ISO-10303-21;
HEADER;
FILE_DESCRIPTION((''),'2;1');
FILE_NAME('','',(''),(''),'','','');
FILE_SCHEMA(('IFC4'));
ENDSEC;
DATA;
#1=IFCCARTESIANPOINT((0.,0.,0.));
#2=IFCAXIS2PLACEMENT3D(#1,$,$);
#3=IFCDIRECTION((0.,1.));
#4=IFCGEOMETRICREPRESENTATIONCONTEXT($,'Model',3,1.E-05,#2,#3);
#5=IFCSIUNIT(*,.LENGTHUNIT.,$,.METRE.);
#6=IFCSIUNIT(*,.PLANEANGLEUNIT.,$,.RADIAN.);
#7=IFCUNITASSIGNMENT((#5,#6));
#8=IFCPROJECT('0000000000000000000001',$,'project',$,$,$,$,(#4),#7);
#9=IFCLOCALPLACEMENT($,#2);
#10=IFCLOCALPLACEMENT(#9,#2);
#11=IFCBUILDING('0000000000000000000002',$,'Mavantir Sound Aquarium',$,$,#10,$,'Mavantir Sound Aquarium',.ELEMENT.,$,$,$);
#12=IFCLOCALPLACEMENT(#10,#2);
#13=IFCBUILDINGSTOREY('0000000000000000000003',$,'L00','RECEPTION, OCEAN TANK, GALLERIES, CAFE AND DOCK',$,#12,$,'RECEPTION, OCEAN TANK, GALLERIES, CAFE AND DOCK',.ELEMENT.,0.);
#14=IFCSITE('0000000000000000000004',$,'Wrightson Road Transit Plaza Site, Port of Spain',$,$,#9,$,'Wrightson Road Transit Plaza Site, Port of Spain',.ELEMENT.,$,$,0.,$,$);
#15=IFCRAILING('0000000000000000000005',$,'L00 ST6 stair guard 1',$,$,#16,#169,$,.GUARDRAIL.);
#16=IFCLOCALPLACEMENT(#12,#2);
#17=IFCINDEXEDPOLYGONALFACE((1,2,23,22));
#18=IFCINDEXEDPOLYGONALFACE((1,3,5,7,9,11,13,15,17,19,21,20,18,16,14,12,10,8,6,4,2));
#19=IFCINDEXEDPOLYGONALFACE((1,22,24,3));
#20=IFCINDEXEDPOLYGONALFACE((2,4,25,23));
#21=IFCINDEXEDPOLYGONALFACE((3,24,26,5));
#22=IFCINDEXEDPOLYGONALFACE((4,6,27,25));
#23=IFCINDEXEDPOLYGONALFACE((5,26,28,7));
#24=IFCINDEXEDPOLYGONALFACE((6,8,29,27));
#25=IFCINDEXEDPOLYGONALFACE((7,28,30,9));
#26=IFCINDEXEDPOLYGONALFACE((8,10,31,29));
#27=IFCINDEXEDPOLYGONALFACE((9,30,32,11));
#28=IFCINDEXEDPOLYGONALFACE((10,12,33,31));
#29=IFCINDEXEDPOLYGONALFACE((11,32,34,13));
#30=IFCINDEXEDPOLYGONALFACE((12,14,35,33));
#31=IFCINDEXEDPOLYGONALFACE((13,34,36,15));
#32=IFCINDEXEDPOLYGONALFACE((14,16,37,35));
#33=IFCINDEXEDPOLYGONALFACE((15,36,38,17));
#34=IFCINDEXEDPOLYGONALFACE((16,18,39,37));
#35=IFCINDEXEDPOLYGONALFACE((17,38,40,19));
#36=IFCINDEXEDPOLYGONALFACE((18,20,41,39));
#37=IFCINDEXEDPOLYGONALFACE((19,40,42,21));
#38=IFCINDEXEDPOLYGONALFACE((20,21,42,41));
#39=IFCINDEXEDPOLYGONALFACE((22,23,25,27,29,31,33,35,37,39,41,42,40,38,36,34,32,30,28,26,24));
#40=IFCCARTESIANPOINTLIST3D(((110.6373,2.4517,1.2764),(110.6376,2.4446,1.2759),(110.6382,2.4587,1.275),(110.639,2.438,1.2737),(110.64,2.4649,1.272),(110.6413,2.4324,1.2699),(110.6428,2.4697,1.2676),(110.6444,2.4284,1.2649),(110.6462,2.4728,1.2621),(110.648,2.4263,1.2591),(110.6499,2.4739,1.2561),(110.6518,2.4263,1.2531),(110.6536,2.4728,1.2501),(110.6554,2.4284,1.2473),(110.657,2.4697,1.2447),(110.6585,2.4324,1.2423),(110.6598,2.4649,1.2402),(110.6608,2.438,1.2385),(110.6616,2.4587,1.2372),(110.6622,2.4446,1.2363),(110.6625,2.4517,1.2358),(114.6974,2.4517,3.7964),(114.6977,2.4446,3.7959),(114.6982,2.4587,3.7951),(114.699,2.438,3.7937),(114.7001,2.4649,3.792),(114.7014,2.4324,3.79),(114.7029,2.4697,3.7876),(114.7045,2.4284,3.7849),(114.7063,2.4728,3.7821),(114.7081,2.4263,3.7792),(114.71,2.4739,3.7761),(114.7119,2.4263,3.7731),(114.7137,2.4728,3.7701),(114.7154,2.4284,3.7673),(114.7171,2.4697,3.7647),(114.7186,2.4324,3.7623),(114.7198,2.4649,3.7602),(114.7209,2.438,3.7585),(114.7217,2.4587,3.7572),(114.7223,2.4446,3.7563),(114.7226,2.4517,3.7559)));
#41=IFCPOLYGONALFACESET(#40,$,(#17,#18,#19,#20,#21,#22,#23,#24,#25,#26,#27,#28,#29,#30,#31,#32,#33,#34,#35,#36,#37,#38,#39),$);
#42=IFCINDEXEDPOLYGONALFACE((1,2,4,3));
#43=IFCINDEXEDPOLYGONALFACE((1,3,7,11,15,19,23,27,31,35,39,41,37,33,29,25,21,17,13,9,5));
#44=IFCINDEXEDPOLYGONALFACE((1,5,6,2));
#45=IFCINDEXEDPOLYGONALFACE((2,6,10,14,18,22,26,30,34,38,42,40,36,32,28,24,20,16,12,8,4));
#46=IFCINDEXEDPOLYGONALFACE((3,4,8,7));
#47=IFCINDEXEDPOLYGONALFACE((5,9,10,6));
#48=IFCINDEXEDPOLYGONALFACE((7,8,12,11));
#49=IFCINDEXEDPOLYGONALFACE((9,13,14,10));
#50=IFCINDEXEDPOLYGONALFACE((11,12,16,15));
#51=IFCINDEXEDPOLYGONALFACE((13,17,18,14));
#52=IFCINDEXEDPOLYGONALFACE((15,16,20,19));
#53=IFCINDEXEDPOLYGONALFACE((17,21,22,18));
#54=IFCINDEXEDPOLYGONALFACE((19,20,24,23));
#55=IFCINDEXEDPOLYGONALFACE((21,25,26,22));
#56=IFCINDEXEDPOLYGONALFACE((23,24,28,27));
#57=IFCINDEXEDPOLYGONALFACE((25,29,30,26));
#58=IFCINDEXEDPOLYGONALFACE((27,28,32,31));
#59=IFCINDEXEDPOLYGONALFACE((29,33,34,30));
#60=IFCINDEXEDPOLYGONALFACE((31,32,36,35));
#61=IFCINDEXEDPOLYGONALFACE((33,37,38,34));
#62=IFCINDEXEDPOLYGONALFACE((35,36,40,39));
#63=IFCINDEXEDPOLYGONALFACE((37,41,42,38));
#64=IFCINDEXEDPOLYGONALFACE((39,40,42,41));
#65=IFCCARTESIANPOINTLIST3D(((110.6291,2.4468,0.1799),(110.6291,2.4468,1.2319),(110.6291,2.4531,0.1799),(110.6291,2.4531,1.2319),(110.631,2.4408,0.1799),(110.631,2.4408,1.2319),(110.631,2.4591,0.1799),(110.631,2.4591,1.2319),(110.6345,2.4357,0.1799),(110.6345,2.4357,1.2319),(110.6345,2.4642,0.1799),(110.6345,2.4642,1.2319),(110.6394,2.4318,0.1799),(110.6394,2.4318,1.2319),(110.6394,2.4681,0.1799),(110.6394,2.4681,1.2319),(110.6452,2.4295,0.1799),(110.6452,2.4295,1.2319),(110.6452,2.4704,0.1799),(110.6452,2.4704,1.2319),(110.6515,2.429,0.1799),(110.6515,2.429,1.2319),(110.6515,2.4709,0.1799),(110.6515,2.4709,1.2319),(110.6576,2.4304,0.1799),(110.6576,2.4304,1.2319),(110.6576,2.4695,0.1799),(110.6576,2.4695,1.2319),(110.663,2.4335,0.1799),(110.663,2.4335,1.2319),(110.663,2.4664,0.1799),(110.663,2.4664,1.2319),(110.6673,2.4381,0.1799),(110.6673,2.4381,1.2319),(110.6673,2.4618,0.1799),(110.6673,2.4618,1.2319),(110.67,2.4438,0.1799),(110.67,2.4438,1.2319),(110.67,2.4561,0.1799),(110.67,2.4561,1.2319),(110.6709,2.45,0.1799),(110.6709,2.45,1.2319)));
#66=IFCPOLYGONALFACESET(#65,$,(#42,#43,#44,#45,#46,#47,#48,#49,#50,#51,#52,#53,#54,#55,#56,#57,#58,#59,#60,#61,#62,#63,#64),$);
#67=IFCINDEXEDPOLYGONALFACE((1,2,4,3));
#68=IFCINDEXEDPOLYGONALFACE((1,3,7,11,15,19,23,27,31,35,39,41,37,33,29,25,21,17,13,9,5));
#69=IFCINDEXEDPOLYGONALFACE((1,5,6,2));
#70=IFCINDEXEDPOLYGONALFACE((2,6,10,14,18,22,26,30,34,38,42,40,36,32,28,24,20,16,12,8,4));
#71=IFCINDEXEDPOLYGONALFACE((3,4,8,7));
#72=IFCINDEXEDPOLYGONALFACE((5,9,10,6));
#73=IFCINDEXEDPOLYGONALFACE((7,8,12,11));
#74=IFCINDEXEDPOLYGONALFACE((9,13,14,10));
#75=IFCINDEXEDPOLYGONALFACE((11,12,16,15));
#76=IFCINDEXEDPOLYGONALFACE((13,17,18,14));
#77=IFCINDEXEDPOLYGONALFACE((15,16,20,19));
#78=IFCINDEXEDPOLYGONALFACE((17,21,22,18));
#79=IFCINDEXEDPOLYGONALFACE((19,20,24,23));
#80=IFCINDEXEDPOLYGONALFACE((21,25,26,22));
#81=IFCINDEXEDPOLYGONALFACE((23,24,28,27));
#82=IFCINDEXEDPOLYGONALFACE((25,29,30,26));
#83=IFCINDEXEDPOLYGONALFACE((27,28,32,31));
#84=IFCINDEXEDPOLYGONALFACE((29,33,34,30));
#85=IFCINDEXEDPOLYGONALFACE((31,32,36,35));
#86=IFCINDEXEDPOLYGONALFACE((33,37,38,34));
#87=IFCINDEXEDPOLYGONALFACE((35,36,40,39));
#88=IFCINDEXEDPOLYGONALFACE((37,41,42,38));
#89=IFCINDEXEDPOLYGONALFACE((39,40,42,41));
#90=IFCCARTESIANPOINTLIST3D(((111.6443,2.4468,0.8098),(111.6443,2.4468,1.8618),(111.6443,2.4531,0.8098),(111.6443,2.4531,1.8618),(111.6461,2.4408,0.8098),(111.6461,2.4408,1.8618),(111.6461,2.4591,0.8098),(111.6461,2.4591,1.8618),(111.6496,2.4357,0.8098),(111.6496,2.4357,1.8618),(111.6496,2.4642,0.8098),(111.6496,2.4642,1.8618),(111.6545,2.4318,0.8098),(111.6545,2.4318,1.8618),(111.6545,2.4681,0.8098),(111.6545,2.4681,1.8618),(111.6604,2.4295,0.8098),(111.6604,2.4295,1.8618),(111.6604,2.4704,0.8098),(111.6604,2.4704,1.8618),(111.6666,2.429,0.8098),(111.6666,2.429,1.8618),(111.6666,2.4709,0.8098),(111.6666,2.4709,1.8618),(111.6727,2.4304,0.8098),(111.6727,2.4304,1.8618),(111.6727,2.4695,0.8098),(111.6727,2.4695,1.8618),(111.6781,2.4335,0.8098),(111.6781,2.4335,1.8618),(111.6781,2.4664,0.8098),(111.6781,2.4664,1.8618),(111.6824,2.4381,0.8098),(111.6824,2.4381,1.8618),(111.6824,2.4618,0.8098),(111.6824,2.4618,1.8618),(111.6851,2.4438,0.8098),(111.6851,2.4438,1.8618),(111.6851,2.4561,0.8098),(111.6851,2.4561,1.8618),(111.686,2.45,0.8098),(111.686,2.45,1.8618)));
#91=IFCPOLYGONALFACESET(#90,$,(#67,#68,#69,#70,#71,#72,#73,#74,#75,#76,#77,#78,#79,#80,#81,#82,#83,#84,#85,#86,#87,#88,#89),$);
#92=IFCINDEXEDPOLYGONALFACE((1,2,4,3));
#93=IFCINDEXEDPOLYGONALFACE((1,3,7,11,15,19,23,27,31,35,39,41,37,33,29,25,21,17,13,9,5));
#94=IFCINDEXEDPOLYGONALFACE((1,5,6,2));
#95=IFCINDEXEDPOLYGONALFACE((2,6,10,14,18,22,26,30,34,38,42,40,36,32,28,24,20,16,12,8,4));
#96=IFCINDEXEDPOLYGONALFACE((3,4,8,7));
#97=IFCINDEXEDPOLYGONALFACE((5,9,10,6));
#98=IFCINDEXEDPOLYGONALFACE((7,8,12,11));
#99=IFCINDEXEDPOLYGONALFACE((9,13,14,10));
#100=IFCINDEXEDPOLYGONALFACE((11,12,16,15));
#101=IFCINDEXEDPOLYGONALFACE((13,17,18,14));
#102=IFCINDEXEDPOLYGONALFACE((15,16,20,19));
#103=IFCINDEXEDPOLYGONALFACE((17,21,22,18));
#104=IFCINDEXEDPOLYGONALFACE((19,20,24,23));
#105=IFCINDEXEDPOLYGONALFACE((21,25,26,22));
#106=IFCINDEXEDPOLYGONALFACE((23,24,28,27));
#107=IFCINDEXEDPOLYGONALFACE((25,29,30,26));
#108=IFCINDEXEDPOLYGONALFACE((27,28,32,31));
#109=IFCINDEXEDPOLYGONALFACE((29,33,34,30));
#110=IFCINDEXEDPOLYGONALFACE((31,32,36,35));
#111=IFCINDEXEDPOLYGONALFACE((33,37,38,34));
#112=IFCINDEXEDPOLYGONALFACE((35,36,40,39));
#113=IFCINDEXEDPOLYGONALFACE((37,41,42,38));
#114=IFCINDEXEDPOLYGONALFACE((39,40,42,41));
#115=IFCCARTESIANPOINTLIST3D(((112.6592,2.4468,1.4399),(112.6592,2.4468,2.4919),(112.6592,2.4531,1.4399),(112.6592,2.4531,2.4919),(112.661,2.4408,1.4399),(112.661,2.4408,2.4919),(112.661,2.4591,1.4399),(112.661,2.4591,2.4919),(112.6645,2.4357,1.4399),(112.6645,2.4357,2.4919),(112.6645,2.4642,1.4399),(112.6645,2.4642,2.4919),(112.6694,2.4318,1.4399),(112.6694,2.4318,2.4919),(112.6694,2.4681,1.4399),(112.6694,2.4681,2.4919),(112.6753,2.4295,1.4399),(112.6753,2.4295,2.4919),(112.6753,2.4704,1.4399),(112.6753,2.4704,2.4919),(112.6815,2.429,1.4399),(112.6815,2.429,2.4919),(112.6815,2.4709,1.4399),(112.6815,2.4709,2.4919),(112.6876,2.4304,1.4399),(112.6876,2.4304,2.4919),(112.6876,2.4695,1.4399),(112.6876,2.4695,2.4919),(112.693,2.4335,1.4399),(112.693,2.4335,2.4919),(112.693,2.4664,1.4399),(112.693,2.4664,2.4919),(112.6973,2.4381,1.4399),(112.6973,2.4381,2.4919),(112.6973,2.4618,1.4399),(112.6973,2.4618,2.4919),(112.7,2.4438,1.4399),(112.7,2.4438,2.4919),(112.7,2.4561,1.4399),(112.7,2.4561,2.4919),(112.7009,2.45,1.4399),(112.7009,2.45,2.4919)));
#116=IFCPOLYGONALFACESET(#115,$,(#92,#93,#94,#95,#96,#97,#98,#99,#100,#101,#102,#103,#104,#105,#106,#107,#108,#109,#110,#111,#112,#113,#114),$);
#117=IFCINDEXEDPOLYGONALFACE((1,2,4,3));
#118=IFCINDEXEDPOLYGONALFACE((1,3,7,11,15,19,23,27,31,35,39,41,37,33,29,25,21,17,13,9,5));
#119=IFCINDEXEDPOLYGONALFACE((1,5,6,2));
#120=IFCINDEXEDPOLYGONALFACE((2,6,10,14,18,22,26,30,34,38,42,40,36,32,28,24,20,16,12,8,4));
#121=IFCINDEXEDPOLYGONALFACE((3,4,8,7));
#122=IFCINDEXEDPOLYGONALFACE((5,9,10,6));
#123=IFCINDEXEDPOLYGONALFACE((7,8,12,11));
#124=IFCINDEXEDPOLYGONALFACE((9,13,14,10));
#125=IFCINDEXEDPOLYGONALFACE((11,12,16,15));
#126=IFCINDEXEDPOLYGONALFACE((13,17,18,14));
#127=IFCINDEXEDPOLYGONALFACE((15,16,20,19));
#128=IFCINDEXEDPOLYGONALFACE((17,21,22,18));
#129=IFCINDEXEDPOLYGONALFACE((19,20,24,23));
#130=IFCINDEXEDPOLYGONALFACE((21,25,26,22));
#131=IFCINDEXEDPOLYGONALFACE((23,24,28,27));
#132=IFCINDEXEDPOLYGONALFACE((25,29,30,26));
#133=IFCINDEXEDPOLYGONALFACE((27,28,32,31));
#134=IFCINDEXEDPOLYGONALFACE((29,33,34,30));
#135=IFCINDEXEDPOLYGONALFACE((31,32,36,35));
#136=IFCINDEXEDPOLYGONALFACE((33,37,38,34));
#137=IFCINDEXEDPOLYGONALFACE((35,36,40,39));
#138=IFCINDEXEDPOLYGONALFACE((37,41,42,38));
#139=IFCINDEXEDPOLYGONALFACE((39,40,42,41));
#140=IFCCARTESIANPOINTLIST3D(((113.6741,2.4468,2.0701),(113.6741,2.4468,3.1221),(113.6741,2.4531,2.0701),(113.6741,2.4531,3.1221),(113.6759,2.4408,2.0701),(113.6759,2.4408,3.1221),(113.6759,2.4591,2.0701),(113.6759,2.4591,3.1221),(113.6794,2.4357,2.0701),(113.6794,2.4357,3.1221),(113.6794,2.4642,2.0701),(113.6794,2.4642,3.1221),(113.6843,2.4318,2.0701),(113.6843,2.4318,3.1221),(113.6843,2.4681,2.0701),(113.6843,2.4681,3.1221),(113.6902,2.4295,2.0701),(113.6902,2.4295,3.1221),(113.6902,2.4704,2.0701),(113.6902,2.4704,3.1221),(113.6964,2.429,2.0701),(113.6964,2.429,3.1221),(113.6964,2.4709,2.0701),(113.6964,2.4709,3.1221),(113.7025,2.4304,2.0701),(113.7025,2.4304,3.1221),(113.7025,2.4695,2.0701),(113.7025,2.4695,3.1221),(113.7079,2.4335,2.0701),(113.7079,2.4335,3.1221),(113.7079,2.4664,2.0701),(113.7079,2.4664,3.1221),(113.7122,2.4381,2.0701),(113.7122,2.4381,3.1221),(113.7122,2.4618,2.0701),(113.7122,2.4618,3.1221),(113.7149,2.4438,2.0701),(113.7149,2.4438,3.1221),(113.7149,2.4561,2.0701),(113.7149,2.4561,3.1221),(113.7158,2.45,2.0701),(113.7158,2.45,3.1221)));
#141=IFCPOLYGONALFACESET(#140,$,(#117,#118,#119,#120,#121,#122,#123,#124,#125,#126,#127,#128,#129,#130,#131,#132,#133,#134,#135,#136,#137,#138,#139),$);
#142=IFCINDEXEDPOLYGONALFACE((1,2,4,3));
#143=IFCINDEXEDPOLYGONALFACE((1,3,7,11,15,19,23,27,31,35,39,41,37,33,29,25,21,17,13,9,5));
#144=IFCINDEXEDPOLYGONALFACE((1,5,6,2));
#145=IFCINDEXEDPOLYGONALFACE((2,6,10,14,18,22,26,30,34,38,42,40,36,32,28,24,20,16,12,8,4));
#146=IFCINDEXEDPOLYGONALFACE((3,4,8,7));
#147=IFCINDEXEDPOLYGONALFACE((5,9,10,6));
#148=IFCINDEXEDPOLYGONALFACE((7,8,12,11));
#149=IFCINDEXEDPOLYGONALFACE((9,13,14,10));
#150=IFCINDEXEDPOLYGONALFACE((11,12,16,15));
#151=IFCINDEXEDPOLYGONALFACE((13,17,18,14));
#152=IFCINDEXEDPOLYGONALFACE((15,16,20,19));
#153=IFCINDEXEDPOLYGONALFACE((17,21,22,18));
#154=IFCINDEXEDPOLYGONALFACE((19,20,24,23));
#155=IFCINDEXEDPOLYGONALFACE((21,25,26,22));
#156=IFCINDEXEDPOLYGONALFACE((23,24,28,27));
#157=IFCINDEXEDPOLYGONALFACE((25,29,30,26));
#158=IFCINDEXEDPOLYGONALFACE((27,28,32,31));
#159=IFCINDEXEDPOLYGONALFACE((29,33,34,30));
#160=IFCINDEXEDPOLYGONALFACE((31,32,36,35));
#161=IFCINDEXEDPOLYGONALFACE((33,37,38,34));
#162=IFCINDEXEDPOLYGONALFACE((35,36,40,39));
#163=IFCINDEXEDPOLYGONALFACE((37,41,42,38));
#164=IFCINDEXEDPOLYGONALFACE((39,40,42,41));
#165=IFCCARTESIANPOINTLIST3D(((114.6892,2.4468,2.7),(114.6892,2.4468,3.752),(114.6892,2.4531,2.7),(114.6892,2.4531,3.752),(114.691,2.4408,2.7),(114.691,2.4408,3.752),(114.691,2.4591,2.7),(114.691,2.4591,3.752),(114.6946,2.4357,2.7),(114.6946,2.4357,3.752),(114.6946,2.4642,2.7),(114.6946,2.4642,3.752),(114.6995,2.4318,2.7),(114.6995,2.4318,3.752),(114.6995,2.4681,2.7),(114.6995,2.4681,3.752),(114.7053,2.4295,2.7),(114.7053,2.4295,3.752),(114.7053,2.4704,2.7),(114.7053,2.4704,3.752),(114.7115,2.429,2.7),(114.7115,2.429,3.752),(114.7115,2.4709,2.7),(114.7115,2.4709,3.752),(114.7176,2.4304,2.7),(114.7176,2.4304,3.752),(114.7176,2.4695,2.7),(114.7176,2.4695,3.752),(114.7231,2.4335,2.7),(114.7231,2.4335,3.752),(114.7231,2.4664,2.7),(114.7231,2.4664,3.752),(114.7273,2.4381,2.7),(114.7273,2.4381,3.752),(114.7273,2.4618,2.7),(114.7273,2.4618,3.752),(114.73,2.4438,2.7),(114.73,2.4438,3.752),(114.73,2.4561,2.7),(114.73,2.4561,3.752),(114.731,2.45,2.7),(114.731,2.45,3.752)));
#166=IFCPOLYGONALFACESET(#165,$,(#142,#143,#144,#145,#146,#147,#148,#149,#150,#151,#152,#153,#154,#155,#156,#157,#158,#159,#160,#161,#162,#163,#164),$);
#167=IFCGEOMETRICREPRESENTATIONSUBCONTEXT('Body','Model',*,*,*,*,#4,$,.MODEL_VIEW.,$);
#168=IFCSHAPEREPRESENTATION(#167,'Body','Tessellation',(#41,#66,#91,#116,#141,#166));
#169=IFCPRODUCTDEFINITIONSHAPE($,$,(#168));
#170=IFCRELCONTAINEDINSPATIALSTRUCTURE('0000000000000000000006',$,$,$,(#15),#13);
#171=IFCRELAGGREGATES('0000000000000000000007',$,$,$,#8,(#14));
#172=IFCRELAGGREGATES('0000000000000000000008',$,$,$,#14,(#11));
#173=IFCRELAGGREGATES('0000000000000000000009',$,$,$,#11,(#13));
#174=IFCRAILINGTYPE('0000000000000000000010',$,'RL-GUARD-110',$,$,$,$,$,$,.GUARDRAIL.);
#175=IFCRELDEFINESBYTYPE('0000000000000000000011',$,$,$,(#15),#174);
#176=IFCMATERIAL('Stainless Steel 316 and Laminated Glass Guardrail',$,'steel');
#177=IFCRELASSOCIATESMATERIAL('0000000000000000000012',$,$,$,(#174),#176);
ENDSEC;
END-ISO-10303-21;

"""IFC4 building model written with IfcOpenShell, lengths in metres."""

from ifc_helpers import new_model, si_unit, direction, frame, origin, origin_2d, place, context, subcontext, project, spatial, circle, extrude, material, type_object, element, save


model = new_model("IFC4")

# Units and contexts
model_context = context("Model", 3, precision=1e-05, world=origin(), true_north=direction((0.0, 1.0)))
body_context = subcontext(model_context, "Body", "Model", "MODEL_VIEW")
ifc_project = project(units=[si_unit("LENGTHUNIT", "METRE"), si_unit("PLANEANGLEUNIT", "RADIAN")], contexts=[model_context])

# Site, building, storey
site_placement = place(None, origin())
site = spatial("IfcSite", under=ifc_project, at=site_placement, Name="Wrightson Road Transit Plaza Site, Port of Spain", LongName="Wrightson Road Transit Plaza Site, Port of Spain", CompositionType="ELEMENT", RefElevation=0.0)
building_placement = place(site_placement, origin())
building = spatial("IfcBuilding", under=site, at=building_placement, Name="Mavantir Sound Aquarium", LongName="Mavantir Sound Aquarium", CompositionType="ELEMENT")
storey_placement = place(building_placement, origin())
storey = spatial("IfcBuildingStorey", under=building, at=storey_placement, Name="L00", Description="RECEPTION, OCEAN TANK, GALLERIES, CAFE AND DOCK", LongName="RECEPTION, OCEAN TANK, GALLERIES, CAFE AND DOCK", CompositionType="ELEMENT", Elevation=0.0)

# Railing
ifc_material_1 = material(Name="Stainless Steel 316 and Laminated Glass Guardrail", Category="steel")
railing_type_1 = type_object("IfcRailingType", Name="RL-GUARD-110", PredefinedType="GUARDRAIL", material=ifc_material_1)
railing_1_placement = place(storey_placement, frame((110.6499, 2.45, 0.1799)))
element("IfcRailing", 1, at=railing_1_placement, inside=storey, type_object=railing_type_1, Name="L00 ST6 stair guard 1", PredefinedType="GUARDRAIL", context=body_context, shape_type="SweptSolid", body=[
    extrude(circle(Radius=0.0239, at=origin_2d()), frame((0.0, 0.0, 1.0762), z_axis=(0.849642, 0.0, 0.52736), x_axis=(0.0, 1.0, 0.0)), (0.0, 0.0, 1.0), 4.7786),
    extrude(circle(Radius=0.021, at=origin_2d()), origin(), (0.0, 0.0, 1.0), 1.052),
    extrude(circle(Radius=0.021, at=origin_2d()), frame((1.0151, 0.0, 0.6299)), (0.0, 0.0, 1.0), 1.052),
    extrude(circle(Radius=0.021, at=origin_2d()), frame((2.03, 0.0, 1.26)), (0.0, 0.0, 1.0), 1.052),
    extrude(circle(Radius=0.021, at=origin_2d()), frame((3.0449, 0.0, 1.8901)), (0.0, 0.0, 1.0), 1.052),
    extrude(circle(Radius=0.021, at=origin_2d()), frame((4.0601, 0.0, 2.52)), (0.0, 0.0, 1.0), 1.052),
])

save(model, "model.ifc")
